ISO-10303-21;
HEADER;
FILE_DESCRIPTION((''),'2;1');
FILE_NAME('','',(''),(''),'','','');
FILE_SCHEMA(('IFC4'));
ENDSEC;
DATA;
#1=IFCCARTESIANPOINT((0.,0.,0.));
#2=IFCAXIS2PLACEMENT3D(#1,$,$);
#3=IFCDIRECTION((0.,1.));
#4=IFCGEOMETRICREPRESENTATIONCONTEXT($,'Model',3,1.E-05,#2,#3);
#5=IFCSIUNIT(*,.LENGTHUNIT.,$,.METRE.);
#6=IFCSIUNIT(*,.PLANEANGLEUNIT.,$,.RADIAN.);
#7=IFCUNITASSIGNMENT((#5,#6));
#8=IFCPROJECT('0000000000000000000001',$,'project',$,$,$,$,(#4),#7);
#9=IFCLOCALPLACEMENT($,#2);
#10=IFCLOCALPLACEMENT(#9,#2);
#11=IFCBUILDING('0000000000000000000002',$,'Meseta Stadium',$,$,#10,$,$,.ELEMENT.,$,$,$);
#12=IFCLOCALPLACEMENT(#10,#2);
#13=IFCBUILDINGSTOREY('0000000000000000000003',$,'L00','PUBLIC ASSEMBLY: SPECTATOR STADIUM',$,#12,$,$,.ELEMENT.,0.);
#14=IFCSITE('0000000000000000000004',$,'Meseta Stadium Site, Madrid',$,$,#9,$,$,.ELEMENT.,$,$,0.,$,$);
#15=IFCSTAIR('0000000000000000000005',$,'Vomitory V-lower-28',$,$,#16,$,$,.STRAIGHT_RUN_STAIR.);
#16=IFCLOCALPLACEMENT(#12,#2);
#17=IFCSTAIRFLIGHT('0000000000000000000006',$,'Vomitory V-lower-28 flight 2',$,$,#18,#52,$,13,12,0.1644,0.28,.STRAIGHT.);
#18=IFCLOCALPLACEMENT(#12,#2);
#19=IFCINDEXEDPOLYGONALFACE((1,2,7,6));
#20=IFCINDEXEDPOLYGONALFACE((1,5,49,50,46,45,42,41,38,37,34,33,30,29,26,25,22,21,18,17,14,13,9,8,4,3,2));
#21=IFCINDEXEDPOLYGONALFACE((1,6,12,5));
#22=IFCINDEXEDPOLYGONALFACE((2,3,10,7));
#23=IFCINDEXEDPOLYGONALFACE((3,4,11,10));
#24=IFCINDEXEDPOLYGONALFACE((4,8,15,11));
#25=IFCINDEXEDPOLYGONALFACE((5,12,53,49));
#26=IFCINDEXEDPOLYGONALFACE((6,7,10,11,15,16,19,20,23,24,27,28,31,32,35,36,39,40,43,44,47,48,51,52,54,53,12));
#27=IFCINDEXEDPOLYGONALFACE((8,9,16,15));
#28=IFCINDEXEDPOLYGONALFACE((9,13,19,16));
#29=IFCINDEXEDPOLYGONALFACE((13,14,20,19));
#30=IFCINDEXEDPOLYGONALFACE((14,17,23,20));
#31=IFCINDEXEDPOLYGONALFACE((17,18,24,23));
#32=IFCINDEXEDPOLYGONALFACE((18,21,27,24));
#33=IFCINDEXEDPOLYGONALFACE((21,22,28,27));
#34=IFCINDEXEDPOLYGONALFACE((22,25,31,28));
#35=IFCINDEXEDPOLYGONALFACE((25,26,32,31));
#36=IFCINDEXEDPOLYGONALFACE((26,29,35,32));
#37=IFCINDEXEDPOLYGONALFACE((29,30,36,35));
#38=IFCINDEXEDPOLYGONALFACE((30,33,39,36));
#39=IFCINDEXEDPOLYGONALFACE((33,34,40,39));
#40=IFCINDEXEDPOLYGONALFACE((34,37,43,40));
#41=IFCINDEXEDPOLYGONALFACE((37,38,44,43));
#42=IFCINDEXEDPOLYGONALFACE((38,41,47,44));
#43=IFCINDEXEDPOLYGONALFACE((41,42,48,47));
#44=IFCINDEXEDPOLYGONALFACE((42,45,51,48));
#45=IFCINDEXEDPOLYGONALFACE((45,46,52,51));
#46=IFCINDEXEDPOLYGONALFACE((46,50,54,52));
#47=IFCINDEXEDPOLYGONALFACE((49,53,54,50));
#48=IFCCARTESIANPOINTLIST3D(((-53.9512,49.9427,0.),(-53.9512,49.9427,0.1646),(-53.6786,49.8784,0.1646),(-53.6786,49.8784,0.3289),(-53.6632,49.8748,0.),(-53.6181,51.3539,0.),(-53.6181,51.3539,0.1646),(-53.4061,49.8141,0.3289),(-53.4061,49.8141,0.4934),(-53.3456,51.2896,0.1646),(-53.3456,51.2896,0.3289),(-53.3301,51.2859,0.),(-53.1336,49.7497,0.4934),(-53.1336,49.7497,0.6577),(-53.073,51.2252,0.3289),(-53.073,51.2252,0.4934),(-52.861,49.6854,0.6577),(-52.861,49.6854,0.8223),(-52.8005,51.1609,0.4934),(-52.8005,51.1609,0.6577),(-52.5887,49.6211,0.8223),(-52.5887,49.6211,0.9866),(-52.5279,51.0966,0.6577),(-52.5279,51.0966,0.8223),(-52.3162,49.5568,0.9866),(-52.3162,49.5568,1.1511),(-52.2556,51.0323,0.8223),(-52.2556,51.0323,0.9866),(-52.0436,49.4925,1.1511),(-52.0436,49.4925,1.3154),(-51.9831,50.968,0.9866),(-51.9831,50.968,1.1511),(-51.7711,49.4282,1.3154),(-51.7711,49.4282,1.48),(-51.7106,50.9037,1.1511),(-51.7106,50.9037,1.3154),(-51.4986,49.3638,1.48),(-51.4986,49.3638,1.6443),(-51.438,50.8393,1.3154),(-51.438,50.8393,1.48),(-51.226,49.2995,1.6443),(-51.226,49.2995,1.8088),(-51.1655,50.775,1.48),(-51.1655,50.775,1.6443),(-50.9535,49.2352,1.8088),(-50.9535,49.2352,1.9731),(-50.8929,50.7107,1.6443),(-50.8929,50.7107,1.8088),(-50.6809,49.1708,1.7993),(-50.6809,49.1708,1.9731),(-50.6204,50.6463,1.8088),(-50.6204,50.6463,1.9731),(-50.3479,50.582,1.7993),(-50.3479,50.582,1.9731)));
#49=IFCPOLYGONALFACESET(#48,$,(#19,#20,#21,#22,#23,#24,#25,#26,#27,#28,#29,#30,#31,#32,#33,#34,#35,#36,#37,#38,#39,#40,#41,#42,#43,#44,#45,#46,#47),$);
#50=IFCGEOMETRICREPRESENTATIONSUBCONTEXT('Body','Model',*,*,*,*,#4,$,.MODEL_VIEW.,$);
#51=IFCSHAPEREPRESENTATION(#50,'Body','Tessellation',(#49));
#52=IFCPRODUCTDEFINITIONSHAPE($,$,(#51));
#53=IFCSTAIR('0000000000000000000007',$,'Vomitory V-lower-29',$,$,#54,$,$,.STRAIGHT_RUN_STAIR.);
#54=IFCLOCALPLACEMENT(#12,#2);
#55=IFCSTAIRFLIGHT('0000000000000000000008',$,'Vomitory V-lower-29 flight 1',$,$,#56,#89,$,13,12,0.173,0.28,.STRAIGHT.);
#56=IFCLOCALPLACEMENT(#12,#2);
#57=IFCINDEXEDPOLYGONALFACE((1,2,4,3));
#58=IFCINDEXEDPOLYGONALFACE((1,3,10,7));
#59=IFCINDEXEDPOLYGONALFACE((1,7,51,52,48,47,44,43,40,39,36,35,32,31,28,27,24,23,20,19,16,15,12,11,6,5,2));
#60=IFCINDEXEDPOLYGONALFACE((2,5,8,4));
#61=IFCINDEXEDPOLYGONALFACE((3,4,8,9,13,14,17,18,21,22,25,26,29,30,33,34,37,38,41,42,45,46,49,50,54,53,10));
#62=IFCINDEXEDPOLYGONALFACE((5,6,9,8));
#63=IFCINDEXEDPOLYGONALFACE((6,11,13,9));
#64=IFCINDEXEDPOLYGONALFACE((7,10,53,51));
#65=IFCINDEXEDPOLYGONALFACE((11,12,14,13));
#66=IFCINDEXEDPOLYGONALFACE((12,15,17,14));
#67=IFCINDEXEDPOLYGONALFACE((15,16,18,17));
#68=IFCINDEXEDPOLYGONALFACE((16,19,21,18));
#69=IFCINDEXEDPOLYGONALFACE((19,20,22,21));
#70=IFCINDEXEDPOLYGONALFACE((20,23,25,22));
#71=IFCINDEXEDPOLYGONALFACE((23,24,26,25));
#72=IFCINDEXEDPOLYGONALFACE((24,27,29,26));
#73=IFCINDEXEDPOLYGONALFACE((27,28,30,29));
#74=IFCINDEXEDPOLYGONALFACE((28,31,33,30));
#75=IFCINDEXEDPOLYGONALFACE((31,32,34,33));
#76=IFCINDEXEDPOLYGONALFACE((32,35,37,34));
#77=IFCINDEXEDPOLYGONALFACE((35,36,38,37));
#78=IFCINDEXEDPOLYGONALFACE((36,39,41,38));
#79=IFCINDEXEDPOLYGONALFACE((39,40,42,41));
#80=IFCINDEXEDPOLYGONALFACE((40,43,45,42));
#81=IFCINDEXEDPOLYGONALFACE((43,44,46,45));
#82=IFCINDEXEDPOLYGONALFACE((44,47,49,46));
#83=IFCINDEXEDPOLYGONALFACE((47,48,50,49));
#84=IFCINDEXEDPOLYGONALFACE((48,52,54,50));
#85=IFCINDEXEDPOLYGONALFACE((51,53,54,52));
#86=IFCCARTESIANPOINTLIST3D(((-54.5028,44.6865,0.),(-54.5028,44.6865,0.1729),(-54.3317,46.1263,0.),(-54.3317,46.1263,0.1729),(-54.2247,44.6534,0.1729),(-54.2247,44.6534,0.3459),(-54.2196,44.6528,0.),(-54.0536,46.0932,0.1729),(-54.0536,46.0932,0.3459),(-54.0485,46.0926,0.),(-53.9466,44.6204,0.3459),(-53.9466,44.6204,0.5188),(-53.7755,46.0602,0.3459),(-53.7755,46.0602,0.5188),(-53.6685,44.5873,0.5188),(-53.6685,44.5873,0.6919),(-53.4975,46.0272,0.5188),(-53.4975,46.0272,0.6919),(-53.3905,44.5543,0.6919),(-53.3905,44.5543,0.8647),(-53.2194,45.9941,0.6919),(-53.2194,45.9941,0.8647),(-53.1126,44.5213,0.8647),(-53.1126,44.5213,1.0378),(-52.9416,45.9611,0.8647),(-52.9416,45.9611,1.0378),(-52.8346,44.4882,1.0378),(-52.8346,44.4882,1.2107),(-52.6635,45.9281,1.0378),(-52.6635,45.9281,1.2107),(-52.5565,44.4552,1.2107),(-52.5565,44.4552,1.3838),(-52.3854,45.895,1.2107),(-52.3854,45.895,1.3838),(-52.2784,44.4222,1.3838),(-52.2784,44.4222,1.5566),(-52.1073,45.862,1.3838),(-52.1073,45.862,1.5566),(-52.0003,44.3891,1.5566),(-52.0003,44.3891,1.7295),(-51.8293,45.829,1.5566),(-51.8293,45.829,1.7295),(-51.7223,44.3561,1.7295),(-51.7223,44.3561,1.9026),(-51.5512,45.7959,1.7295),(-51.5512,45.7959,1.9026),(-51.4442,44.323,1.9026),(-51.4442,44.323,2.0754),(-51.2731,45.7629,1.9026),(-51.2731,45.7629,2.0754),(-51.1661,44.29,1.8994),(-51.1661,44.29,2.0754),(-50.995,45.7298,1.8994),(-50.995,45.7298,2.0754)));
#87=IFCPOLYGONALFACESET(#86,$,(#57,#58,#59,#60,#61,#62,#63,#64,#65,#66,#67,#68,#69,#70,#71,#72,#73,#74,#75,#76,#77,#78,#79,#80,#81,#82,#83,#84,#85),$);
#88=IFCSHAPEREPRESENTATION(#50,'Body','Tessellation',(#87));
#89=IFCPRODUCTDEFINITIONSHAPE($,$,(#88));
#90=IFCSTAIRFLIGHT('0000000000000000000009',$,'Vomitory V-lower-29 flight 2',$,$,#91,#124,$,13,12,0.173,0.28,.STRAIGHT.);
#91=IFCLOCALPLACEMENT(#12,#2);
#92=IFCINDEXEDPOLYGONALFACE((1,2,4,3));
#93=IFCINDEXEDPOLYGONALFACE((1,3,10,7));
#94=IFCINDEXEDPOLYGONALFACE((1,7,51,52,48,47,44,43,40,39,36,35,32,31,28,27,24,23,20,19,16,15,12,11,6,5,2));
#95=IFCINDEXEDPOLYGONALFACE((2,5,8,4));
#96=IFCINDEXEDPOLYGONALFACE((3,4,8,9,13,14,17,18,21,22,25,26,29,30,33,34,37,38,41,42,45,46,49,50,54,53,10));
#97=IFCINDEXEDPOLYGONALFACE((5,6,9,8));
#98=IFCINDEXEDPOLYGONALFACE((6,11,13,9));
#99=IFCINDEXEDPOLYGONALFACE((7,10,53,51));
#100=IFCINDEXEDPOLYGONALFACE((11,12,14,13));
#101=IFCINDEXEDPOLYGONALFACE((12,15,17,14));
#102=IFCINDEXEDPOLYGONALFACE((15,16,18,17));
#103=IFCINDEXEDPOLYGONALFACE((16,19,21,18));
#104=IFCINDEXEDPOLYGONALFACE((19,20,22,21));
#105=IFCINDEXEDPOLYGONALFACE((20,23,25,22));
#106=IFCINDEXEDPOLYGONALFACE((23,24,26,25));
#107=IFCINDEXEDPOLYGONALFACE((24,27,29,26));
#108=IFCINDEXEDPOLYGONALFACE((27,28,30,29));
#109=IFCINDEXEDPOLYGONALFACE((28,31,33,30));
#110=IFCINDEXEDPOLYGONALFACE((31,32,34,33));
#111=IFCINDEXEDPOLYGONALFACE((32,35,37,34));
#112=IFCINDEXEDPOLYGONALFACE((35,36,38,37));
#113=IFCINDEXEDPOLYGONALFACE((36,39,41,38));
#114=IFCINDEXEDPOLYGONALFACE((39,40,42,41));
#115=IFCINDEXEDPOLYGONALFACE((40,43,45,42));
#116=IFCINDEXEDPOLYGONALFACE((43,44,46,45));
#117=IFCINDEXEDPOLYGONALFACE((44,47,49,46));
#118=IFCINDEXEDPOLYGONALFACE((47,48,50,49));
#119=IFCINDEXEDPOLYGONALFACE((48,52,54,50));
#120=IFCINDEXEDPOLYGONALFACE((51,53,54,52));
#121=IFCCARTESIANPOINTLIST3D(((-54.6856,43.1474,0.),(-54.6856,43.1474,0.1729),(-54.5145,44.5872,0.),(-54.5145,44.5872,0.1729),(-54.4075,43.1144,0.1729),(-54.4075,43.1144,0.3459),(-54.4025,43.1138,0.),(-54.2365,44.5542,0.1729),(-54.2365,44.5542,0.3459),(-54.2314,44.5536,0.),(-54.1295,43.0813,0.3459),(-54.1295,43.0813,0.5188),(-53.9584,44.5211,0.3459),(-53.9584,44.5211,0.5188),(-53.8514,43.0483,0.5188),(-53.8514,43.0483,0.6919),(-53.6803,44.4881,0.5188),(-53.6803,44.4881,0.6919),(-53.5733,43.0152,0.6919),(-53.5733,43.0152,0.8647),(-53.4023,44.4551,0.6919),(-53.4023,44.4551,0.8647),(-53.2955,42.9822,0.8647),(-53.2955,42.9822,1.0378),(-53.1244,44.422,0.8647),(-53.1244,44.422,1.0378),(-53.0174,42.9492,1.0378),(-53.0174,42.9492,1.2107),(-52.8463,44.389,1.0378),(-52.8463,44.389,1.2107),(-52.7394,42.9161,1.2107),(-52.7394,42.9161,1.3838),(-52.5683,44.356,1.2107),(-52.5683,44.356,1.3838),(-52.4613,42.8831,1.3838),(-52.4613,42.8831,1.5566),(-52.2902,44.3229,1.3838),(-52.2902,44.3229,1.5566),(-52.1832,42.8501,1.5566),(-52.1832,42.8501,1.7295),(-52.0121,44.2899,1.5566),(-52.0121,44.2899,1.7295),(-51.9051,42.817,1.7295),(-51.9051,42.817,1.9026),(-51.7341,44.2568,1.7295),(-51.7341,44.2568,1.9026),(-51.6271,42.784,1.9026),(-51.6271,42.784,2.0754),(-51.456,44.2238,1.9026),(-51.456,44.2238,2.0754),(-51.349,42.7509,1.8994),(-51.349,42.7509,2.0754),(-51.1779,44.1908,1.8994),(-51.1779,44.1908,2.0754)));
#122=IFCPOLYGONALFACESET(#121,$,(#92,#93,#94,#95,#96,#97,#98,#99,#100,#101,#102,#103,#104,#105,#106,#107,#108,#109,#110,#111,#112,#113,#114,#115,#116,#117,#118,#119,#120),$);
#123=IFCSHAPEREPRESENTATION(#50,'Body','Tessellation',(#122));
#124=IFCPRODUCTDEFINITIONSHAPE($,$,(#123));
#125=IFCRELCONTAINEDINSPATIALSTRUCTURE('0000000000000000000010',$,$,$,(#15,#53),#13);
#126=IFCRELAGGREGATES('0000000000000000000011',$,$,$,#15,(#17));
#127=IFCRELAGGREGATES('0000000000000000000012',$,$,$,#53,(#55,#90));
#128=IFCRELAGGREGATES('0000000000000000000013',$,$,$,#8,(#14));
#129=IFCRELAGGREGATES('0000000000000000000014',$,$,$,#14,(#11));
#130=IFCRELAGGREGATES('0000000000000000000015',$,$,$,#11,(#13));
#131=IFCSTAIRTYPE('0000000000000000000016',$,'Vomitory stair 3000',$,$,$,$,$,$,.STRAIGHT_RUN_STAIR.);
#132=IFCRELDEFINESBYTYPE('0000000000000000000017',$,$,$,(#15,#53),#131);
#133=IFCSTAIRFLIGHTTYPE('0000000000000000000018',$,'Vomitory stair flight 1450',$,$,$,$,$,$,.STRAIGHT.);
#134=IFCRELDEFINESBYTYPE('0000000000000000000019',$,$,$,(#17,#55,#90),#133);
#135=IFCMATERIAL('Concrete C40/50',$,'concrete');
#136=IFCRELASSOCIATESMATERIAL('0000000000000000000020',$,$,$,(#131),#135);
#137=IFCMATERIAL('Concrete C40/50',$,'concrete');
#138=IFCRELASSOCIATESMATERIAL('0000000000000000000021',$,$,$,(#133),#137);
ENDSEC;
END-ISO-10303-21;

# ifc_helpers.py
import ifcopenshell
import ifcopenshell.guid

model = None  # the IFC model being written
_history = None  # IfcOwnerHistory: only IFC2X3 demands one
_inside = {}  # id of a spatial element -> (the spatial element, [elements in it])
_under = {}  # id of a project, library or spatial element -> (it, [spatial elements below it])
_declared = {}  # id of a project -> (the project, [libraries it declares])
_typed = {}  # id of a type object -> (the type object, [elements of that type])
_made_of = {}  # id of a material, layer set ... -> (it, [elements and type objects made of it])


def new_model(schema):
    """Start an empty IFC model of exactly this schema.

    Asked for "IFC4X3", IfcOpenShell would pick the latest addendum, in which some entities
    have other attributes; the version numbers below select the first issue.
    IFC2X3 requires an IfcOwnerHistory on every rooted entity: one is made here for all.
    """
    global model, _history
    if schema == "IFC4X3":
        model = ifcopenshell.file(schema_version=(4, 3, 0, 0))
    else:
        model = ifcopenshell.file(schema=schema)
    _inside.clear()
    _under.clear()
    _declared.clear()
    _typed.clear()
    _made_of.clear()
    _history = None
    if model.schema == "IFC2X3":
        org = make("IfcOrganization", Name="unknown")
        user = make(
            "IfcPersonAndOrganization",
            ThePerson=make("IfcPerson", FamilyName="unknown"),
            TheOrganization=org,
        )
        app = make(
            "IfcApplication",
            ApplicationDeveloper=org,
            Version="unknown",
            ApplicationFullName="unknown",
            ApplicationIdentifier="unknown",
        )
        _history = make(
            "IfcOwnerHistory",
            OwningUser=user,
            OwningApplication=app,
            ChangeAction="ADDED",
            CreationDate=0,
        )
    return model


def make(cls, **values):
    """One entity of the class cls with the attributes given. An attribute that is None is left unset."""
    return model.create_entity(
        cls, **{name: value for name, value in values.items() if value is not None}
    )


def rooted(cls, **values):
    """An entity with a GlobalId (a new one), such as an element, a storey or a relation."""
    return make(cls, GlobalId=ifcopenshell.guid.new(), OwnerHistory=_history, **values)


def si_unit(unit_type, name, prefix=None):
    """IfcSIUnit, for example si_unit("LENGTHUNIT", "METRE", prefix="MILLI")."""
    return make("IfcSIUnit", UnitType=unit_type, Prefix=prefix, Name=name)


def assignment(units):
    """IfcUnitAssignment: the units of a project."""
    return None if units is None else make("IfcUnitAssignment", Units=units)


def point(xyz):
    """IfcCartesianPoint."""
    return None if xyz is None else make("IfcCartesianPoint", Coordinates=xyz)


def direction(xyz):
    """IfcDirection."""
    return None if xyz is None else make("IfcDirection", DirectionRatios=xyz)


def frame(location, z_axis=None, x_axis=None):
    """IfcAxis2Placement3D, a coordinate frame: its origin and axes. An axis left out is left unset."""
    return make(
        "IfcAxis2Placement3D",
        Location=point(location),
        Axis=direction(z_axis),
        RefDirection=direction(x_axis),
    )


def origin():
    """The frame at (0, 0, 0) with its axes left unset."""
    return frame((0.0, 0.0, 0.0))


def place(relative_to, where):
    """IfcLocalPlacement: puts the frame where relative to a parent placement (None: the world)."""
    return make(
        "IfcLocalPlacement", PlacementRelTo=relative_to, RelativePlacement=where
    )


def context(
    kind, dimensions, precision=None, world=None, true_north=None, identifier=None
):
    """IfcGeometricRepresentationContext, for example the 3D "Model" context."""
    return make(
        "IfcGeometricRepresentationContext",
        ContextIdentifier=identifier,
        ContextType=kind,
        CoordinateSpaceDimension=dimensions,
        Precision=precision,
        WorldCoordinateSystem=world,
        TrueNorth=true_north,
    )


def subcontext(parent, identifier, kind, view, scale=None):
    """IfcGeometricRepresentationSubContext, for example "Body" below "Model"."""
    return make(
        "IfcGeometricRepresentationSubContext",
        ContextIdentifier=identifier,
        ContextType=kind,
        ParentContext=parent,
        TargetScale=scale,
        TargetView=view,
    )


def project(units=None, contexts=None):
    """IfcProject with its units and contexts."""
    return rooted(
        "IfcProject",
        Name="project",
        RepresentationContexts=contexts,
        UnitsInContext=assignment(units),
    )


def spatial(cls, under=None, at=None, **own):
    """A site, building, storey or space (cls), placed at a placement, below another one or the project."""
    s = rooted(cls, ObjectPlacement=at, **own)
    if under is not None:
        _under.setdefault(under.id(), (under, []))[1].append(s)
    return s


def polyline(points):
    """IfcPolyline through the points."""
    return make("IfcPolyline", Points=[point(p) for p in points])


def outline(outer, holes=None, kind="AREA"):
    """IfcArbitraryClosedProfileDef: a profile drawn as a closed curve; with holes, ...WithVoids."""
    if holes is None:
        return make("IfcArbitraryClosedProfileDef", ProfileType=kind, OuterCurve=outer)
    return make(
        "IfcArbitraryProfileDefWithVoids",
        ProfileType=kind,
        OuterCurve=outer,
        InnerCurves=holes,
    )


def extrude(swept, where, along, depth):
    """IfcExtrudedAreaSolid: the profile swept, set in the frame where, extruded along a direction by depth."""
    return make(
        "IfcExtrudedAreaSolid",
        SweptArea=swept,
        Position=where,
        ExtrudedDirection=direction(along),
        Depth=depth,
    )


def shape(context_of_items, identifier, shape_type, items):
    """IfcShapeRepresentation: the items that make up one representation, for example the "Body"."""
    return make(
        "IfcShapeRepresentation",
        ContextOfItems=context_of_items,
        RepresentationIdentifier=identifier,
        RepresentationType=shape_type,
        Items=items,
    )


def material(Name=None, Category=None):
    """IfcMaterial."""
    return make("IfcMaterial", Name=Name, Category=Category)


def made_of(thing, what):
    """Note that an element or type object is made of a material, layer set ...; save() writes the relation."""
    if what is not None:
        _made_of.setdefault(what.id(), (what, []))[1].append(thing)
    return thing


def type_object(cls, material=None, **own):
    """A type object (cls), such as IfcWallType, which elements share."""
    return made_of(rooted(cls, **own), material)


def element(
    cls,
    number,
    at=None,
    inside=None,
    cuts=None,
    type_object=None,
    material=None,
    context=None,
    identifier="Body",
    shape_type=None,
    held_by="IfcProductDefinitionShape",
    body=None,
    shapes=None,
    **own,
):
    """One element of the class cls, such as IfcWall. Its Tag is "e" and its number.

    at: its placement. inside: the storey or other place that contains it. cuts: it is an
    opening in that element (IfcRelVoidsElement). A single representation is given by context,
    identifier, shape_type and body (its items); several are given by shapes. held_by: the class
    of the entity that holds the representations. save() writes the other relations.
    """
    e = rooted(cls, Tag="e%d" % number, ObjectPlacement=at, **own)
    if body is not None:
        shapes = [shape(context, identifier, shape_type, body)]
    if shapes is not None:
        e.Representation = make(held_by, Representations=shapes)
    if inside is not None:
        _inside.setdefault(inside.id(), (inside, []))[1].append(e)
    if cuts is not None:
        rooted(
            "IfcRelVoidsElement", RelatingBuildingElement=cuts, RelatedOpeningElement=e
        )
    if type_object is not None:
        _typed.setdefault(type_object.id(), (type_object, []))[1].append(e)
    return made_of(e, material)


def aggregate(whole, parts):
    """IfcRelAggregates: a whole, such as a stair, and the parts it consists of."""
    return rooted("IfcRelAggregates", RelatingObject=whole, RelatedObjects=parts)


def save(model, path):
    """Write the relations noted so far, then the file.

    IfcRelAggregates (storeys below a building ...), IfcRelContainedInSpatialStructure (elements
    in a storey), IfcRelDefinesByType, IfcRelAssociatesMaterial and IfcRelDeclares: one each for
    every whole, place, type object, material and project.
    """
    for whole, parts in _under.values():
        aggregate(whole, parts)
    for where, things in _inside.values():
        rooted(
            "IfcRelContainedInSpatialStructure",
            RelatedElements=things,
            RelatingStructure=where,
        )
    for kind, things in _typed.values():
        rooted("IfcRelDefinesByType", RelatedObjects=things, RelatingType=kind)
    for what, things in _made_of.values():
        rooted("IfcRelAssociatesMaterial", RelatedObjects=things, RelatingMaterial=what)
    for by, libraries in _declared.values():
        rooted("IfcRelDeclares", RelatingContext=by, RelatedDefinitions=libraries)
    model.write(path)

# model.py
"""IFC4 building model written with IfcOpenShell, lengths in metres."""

from ifc_helpers import new_model, si_unit, direction, frame, origin, place, context, subcontext, project, spatial, polyline, outline, extrude, material, type_object, element, aggregate, save


model = new_model("IFC4")

# Units and contexts
model_context = context("Model", 3, precision=1e-05, world=origin(), true_north=direction((0.0, 1.0)))
body_context = subcontext(model_context, "Body", "Model", "MODEL_VIEW")
ifc_project = project(units=[si_unit("LENGTHUNIT", "METRE"), si_unit("PLANEANGLEUNIT", "RADIAN")], contexts=[model_context])

# Site, building, storey
site_placement = place(None, origin())
site = spatial("IfcSite", under=ifc_project, at=site_placement, Name="Meseta Stadium Site, Madrid", CompositionType="ELEMENT", RefElevation=0.0)
building_placement = place(site_placement, origin())
building = spatial("IfcBuilding", under=site, at=building_placement, Name="Meseta Stadium", CompositionType="ELEMENT")
storey_placement = place(building_placement, origin())
storey = spatial("IfcBuildingStorey", under=building, at=storey_placement, Name="L00", Description="PUBLIC ASSEMBLY: SPECTATOR STADIUM", CompositionType="ELEMENT", Elevation=0.0)

# Stair, stair flight
ifc_material_1 = material(Name="Concrete C40/50", Category="concrete")
stair_type = type_object("IfcStairType", Name="Vomitory stair 3000", PredefinedType="STRAIGHT_RUN_STAIR", material=ifc_material_1)
stair_1_placement = place(storey_placement, origin())
stair_1 = element("IfcStair", 1, at=stair_1_placement, inside=storey, type_object=stair_type, Name="Vomitory V-lower-28", PredefinedType="STRAIGHT_RUN_STAIR")
ifc_material_2 = material(Name="Concrete C40/50", Category="concrete")
stair_flight_type = type_object("IfcStairFlightType", Name="Vomitory stair flight 1450", PredefinedType="STRAIGHT", material=ifc_material_2)
stair_flight_1_placement = place(storey_placement, frame((-53.7847, 50.6482, 0.0), z_axis=(0.0, 0.0, 1.0), x_axis=(0.973256, -0.229722, 0.0)))
stair_flight_1 = element("IfcStairFlight", 2, at=stair_flight_1_placement, type_object=stair_flight_type, Name="Vomitory V-lower-28 flight 2", NumberOfRisers=13, NumberOfTreads=12, PredefinedType="STRAIGHT", RiserHeight=0.1644, TreadLength=0.28, context=body_context, shape_type="SweptSolid", body=[
    extrude(outline(polyline([(0.0, 0.0), (0.0, 0.1646), (0.28, 0.1646), (0.28, 0.3289), (0.5601, 0.3289), (0.5601, 0.4934), (0.8401, 0.4934), (0.8401, 0.6577), (1.1201, 0.6577), (1.1201, 0.8223), (1.3999, 0.8223), (1.3999, 0.9866), (1.6799, 0.9866), (1.6799, 1.1511), (1.96, 1.1511), (1.96, 1.3154), (2.24, 1.3154), (2.24, 1.48), (2.52, 1.48), (2.52, 1.6443), (2.8, 1.6443), (2.8, 1.8088), (3.0801, 1.8088), (3.0801, 1.9731), (3.3601, 1.9731), (3.3601, 1.7993), (0.2959, 0.0), (0.0, 0.0)])), frame((0.0, 0.7251, 0.0), z_axis=(0.0, -1.0, 0.0), x_axis=(1.0, 0.0, 0.0)), (0.0, 0.0, 1.0), 1.45),
])
aggregate(stair_1, [stair_flight_1])

# Stair, stair flights
stair_2_placement = place(storey_placement, origin())
stair_2 = element("IfcStair", 3, at=stair_2_placement, inside=storey, type_object=stair_type, Name="Vomitory V-lower-29", PredefinedType="STRAIGHT_RUN_STAIR")
stair_flight_2_placement = place(storey_placement, frame((-54.4172, 45.4062, 0.0), z_axis=(0.0, 0.0, 1.0), x_axis=(0.993015, -0.117988, 0.0)))
stair_flight_2 = element("IfcStairFlight", 4, at=stair_flight_2_placement, type_object=stair_flight_type, Name="Vomitory V-lower-29 flight 1", NumberOfRisers=13, NumberOfTreads=12, PredefinedType="STRAIGHT", RiserHeight=0.173, TreadLength=0.28, context=body_context, shape_type="SweptSolid", body=[
    extrude(outline(polyline([(0.0, 0.0), (0.0, 0.1729), (0.28, 0.1729), (0.28, 0.3459), (0.5601, 0.3459), (0.5601, 0.5188), (0.8401, 0.5188), (0.8401, 0.6919), (1.1201, 0.6919), (1.1201, 0.8647), (1.3999, 0.8647), (1.3999, 1.0378), (1.6799, 1.0378), (1.6799, 1.2107), (1.96, 1.2107), (1.96, 1.3838), (2.24, 1.3838), (2.24, 1.5566), (2.52, 1.5566), (2.52, 1.7295), (2.8, 1.7295), (2.8, 1.9026), (3.0801, 1.9026), (3.0801, 2.0754), (3.3601, 2.0754), (3.3601, 1.8994), (0.2852, 0.0), (0.0, 0.0)])), frame((0.0, 0.7251, 0.0), z_axis=(0.0, -1.0, 0.0), x_axis=(1.0, 0.0, 0.0)), (0.0, 0.0, 1.0), 1.45),
])
stair_flight_3_placement = place(storey_placement, frame((-54.6001, 43.8672, 0.0), z_axis=(0.0, 0.0, 1.0), x_axis=(0.993015, -0.117988, 0.0)))
stair_flight_3 = element("IfcStairFlight", 5, at=stair_flight_3_placement, type_object=stair_flight_type, Name="Vomitory V-lower-29 flight 2", NumberOfRisers=13, NumberOfTreads=12, PredefinedType="STRAIGHT", RiserHeight=0.173, TreadLength=0.28, context=body_context, shape_type="SweptSolid", body=[
    extrude(outline(polyline([(0.0, 0.0), (0.0, 0.1729), (0.28, 0.1729), (0.28, 0.3459), (0.5601, 0.3459), (0.5601, 0.5188), (0.8401, 0.5188), (0.8401, 0.6919), (1.1201, 0.6919), (1.1201, 0.8647), (1.3999, 0.8647), (1.3999, 1.0378), (1.6799, 1.0378), (1.6799, 1.2107), (1.96, 1.2107), (1.96, 1.3838), (2.24, 1.3838), (2.24, 1.5566), (2.52, 1.5566), (2.52, 1.7295), (2.8, 1.7295), (2.8, 1.9026), (3.0801, 1.9026), (3.0801, 2.0754), (3.3601, 2.0754), (3.3601, 1.8994), (0.2852, 0.0), (0.0, 0.0)])), frame((0.0, 0.7251, 0.0), z_axis=(0.0, -1.0, 0.0), x_axis=(1.0, 0.0, 0.0)), (0.0, 0.0, 1.0), 1.45),
])
aggregate(stair_2, [stair_flight_2, stair_flight_3])

save(model, "model.ifc")
